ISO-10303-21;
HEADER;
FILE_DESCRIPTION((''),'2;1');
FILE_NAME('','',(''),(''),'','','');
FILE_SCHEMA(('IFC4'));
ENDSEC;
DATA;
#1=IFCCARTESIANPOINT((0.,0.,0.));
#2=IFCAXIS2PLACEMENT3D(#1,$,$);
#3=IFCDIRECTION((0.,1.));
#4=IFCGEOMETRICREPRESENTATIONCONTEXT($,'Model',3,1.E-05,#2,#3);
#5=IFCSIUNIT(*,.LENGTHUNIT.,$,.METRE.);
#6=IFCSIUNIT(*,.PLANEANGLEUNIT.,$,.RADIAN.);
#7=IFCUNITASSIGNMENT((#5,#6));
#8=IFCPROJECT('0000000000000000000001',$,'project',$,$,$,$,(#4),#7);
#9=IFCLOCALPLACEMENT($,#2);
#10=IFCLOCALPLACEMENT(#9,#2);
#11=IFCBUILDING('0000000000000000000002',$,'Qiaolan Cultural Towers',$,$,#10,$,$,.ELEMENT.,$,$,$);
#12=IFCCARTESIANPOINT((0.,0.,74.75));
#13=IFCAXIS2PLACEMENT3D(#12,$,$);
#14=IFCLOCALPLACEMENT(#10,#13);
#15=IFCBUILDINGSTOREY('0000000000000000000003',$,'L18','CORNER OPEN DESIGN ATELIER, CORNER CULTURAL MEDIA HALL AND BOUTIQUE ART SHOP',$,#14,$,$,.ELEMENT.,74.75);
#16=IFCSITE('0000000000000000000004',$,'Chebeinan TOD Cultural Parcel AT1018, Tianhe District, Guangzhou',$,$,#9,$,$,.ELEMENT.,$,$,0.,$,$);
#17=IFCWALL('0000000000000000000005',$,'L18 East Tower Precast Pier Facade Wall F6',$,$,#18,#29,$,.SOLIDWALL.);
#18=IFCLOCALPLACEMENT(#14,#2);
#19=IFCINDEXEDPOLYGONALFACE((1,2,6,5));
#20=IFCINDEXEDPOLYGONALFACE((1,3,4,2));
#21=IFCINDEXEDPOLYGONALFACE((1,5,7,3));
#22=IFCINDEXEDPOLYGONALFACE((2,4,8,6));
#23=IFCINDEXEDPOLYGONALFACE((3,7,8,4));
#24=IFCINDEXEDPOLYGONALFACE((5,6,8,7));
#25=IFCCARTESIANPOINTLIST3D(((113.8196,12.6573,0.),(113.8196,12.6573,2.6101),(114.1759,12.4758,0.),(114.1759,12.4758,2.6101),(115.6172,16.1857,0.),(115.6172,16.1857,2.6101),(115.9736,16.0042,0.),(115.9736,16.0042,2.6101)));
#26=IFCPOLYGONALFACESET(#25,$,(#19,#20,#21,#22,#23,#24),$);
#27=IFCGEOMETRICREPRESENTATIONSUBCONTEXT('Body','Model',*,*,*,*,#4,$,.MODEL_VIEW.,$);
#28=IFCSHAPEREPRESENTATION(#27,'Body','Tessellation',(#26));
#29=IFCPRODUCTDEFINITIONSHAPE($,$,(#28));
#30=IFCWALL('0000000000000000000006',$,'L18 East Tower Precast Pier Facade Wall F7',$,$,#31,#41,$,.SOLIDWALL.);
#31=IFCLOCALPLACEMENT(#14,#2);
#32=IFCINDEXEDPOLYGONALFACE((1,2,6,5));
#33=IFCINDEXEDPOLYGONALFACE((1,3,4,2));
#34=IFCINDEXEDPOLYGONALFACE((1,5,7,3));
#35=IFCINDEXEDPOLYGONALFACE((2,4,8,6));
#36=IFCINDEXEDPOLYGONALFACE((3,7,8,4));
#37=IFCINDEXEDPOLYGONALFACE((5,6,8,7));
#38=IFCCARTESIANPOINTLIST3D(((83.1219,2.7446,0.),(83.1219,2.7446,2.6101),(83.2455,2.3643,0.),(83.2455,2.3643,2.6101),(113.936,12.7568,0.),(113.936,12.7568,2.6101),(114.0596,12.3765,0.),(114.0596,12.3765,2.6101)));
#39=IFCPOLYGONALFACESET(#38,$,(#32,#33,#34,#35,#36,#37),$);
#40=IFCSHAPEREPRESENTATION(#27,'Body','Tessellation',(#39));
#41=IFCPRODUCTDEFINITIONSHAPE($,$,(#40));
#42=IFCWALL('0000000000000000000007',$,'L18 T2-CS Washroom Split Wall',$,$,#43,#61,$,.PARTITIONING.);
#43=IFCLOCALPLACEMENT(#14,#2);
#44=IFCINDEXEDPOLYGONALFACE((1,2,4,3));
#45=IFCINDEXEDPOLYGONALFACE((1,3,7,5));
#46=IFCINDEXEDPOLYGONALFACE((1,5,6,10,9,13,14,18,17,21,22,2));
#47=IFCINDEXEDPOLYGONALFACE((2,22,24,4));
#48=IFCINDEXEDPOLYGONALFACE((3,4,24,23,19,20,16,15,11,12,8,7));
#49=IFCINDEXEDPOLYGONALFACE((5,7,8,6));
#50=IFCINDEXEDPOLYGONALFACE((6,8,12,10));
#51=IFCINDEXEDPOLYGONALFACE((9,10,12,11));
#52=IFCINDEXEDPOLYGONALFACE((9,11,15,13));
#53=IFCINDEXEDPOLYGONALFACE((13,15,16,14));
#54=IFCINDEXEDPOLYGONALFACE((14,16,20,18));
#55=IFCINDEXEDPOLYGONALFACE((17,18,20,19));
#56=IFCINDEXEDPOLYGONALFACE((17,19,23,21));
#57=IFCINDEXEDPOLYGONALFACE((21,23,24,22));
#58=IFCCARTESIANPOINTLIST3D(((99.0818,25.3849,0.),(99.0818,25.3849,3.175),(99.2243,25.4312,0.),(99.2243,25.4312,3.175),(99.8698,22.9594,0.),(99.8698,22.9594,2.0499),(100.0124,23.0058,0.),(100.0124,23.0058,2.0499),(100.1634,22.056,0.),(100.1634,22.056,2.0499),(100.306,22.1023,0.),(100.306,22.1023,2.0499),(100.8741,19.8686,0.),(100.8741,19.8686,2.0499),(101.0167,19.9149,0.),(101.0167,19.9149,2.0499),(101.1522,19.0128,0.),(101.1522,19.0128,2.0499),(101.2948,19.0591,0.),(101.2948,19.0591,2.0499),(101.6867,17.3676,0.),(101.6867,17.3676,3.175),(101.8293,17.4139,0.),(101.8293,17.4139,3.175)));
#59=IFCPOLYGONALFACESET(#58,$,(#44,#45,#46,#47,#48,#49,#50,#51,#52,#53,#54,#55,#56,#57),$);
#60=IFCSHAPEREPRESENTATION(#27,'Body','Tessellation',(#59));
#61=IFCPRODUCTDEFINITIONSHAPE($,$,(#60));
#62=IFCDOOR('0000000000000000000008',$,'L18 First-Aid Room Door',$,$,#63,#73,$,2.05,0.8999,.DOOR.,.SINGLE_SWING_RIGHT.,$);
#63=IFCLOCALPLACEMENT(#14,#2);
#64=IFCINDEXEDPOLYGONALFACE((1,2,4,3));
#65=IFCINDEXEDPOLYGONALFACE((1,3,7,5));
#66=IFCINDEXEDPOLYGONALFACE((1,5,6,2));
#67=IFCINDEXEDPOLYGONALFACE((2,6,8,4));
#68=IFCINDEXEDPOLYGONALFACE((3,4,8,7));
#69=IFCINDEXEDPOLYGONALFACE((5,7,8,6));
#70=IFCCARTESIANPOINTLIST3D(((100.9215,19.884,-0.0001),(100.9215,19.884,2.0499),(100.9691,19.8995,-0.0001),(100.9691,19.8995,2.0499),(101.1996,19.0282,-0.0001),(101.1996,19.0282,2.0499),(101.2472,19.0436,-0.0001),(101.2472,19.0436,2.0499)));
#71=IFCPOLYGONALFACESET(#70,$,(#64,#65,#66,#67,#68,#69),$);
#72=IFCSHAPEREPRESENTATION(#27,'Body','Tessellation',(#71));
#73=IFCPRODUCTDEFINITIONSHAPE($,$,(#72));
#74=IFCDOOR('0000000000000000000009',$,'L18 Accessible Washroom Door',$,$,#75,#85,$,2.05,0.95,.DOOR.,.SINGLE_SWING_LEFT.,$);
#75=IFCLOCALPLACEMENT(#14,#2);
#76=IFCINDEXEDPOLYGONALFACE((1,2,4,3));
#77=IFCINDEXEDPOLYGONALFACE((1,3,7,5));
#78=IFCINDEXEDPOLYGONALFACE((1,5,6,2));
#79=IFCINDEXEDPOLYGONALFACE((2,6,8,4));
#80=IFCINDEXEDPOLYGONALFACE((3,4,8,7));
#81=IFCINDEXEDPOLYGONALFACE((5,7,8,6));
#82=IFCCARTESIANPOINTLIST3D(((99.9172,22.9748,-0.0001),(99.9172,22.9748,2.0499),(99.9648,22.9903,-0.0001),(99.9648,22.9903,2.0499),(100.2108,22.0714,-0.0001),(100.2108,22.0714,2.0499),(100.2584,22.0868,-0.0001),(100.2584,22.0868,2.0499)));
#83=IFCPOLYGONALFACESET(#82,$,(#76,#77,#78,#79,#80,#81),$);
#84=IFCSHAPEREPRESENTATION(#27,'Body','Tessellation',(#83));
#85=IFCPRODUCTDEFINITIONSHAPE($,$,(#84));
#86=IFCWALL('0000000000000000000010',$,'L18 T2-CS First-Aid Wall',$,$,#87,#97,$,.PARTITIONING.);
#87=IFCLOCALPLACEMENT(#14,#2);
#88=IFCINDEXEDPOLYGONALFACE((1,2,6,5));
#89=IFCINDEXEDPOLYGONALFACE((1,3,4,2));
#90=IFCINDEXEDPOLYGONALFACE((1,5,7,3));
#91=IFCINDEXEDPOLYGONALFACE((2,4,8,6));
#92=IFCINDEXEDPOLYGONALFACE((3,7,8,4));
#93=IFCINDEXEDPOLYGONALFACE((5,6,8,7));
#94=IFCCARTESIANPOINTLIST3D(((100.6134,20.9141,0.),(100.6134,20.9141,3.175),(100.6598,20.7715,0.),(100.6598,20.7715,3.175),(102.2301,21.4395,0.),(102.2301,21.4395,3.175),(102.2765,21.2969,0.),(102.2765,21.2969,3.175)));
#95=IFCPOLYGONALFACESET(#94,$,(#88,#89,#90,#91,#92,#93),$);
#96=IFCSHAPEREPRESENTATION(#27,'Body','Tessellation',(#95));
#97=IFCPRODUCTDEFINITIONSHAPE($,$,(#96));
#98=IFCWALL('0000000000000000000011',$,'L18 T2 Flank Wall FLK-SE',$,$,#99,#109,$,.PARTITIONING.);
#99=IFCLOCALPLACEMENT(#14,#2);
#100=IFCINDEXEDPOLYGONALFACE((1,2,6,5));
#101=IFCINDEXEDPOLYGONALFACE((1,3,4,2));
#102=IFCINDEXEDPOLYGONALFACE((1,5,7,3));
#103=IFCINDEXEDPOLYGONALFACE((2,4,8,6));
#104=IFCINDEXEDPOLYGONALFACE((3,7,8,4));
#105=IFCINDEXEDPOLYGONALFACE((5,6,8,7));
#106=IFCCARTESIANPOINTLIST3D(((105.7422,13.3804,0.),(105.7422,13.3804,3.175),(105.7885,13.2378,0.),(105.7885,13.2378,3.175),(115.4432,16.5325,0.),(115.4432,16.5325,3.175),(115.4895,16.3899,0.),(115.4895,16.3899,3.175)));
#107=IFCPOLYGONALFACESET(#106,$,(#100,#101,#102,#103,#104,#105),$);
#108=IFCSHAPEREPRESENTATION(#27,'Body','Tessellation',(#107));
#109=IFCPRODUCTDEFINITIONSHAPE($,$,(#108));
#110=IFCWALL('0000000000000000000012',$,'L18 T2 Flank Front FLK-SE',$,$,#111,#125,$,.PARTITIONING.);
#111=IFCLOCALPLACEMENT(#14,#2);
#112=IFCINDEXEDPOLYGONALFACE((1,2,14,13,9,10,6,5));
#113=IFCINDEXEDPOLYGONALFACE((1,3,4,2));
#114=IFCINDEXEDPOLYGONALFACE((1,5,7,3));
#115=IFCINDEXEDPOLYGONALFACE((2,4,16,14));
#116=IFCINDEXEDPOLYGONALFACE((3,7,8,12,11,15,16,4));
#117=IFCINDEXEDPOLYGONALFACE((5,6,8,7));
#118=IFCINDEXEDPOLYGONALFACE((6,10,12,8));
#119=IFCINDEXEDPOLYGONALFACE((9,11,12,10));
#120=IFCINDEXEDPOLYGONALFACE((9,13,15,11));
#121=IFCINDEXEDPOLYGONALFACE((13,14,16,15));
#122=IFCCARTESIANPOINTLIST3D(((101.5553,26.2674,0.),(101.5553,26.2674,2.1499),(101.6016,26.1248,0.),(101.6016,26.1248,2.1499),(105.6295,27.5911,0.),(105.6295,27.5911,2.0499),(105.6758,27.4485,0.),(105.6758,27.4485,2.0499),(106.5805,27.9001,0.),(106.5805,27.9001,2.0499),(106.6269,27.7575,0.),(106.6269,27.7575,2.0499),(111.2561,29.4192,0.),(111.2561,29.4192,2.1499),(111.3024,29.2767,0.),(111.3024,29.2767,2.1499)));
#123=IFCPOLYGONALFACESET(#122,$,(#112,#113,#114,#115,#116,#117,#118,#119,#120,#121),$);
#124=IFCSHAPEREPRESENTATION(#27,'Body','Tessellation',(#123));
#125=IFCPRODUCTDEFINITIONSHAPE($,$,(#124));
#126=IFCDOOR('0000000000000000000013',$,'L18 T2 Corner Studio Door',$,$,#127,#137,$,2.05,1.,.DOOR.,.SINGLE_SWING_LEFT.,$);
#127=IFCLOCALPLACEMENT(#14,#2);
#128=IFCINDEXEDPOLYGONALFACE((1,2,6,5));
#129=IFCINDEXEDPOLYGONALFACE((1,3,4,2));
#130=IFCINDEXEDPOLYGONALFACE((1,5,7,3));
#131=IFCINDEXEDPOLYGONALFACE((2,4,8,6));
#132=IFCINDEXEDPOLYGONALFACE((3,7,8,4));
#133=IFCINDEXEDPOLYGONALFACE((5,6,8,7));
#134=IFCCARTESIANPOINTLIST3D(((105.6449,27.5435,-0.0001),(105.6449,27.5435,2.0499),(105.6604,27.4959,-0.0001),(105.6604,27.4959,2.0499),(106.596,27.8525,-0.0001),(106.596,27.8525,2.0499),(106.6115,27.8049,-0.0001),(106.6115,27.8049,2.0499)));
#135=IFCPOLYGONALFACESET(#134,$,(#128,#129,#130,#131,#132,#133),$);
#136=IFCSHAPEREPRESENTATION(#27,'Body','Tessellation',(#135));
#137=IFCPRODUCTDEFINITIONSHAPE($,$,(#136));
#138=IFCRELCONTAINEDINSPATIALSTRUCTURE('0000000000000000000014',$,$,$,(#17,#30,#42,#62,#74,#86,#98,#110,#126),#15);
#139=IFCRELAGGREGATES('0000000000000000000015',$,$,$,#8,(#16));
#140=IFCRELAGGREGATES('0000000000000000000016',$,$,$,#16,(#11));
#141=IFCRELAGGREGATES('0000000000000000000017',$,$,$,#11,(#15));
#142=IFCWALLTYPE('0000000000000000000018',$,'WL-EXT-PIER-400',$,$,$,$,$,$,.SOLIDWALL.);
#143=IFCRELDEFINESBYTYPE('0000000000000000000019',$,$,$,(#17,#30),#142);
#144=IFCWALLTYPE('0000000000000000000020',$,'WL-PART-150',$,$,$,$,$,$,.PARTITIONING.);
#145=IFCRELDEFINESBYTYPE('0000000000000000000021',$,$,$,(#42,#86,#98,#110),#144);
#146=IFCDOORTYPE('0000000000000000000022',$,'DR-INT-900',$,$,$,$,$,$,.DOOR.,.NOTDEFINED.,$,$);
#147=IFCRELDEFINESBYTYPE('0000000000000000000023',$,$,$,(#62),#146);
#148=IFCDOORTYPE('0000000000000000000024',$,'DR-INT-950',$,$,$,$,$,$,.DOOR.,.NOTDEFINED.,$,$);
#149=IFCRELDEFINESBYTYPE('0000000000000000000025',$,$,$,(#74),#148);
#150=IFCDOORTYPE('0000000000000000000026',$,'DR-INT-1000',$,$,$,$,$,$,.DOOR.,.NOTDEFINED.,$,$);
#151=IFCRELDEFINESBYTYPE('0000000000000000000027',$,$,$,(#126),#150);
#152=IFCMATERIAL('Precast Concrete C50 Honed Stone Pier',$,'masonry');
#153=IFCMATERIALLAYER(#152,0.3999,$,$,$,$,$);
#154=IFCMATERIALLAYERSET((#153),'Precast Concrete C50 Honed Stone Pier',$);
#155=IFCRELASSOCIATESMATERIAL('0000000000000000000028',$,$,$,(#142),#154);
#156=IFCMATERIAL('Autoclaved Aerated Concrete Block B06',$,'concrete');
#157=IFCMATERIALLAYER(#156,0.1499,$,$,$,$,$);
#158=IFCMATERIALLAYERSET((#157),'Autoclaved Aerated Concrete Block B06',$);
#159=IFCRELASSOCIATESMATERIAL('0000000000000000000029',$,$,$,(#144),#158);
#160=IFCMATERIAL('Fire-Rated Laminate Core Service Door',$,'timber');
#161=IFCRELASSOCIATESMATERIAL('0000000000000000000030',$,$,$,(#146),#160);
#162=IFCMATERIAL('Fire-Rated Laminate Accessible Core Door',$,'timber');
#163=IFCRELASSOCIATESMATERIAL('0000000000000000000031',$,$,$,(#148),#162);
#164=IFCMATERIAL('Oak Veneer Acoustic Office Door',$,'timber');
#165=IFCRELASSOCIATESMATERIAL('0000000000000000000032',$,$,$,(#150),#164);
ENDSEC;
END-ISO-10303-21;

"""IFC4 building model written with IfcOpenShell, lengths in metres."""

from ifc_helpers import new_model, si_unit, direction, frame, frame_2d, origin, place, context, subcontext, project, spatial, rectangle, extrude, material, layer, layer_set, type_object, element, fill, save


model = new_model("IFC4")

# Units and contexts
model_context = context("Model", 3, precision=1e-05, world=origin(), true_north=direction((0.0, 1.0)))
body_context = subcontext(model_context, "Body", "Model", "MODEL_VIEW")
ifc_project = project(units=[si_unit("LENGTHUNIT", "METRE"), si_unit("PLANEANGLEUNIT", "RADIAN")], contexts=[model_context])

# Site, building, storey
site_placement = place(None, origin())
site = spatial("IfcSite", under=ifc_project, at=site_placement, Name="Chebeinan TOD Cultural Parcel AT1018, Tianhe District, Guangzhou", CompositionType="ELEMENT", RefElevation=0.0)
building_placement = place(site_placement, origin())
building = spatial("IfcBuilding", under=site, at=building_placement, Name="Qiaolan Cultural Towers", CompositionType="ELEMENT")
storey_placement = place(building_placement, frame((0.0, 0.0, 74.75)))
storey = spatial("IfcBuildingStorey", under=building, at=storey_placement, Name="L18", Description="CORNER OPEN DESIGN ATELIER, CORNER CULTURAL MEDIA HALL AND BOUTIQUE ART SHOP", CompositionType="ELEMENT", Elevation=74.75)

# Walls
ifc_material_1 = material(Name="Precast Concrete C50 Honed Stone Pier", Category="masonry")
ifc_layer_1 = layer(ifc_material_1, 0.3999)
ifc_layer_set_1 = layer_set([ifc_layer_1], Name="Precast Concrete C50 Honed Stone Pier")
wall_type_1 = type_object("IfcWallType", Name="WL-EXT-PIER-400", PredefinedType="SOLIDWALL", material=ifc_layer_set_1)
wall_1_placement = place(storey_placement, frame((115.7954, 16.095, 0.0), z_axis=(0.0, 0.0, 1.0), x_axis=(-0.453958, -0.891023, 0.0)))
element("IfcWall", 1, at=wall_1_placement, inside=storey, type_object=wall_type_1, Name="L18 East Tower Precast Pier Facade Wall F6", PredefinedType="SOLIDWALL", context=body_context, shape_type="SweptSolid", body=[
    extrude(rectangle(XDim=3.96, YDim=0.3999, at=frame_2d((1.98, 0.0))), origin(), (0.0, 0.0, 1.0), 2.6101),
])
wall_2_placement = place(storey_placement, frame((113.9978, 12.5667, 0.0), z_axis=(0.0, 0.0, 1.0), x_axis=(-0.951056, -0.309019, 0.0)))
element("IfcWall", 2, at=wall_2_placement, inside=storey, type_object=wall_type_1, Name="L18 East Tower Precast Pier Facade Wall F7", PredefinedType="SOLIDWALL", context=body_context, shape_type="SweptSolid", body=[
    extrude(rectangle(XDim=32.3999, YDim=0.3999, at=frame_2d((16.2, 0.0))), origin(), (0.0, 0.0, 1.0), 2.6101),
])

# Wall, openings, doors
ifc_material_2 = material(Name="Autoclaved Aerated Concrete Block B06", Category="concrete")
ifc_layer_2 = layer(ifc_material_2, 0.1499)
ifc_layer_set_2 = layer_set([ifc_layer_2], Name="Autoclaved Aerated Concrete Block B06")
wall_type_2 = type_object("IfcWallType", Name="WL-PART-150", PredefinedType="PARTITIONING", material=ifc_layer_set_2)
wall_3_placement = place(storey_placement, frame((99.1531, 25.408, 0.0), z_axis=(0.0, 0.0, 1.0), x_axis=(0.309016, -0.951057, 0.0)))
wall_3 = element("IfcWall", 3, at=wall_3_placement, inside=storey, type_object=wall_type_2, Name="L18 T2-CS Washroom Split Wall", PredefinedType="PARTITIONING", context=body_context, shape_type="SweptSolid", body=[
    extrude(rectangle(XDim=8.4299, YDim=0.1499, at=frame_2d((4.2148, 0.0))), origin(), (0.0, 0.0, 1.0), 3.175),
])
opening_1_placement = place(wall_3_placement, frame((2.55, 0.0, 0.0)))
opening_1 = element("IfcOpeningElement", 4, at=opening_1_placement, cuts=wall_3, PredefinedType="OPENING", context=body_context, shape_type="SweptSolid", body=[
    extrude(rectangle(XDim=0.95, YDim=2.05, at=frame_2d((0.4751, 1.0249))), frame((0.0, 0.085, 0.0), z_axis=(0.0, -1.0, 0.0), x_axis=(1.0, 0.0, 0.0)), (0.0, 0.0, 1.0), 0.1699),
])
opening_2_placement = place(wall_3_placement, frame((5.8, 0.0, 0.0)))
opening_2 = element("IfcOpeningElement", 5, at=opening_2_placement, cuts=wall_3, PredefinedType="OPENING", context=body_context, shape_type="SweptSolid", body=[
    extrude(rectangle(XDim=0.8999, YDim=2.05, at=frame_2d((0.45, 1.0249))), frame((0.0, 0.085, 0.0), z_axis=(0.0, -1.0, 0.0), x_axis=(1.0, 0.0, 0.0)), (0.0, 0.0, 1.0), 0.1699),
])
ifc_material_3 = material(Name="Fire-Rated Laminate Core Service Door", Category="timber")
door_type_1 = type_object("IfcDoorType", Name="DR-INT-900", OperationType="NOTDEFINED", PredefinedType="DOOR", material=ifc_material_3)
door_1_placement = place(opening_2_placement, origin())
door_1 = element("IfcDoor", 6, at=door_1_placement, inside=storey, type_object=door_type_1, Name="L18 First-Aid Room Door", OperationType="SINGLE_SWING_RIGHT", OverallHeight=2.05, OverallWidth=0.8999, PredefinedType="DOOR", context=body_context, shape_type="SweptSolid", body=[
    extrude(rectangle(XDim=0.8999, YDim=2.05, at=frame_2d((0.45, 1.0249))), frame((0.0, 0.0249, 0.0), z_axis=(0.0, -1.0, 0.0), x_axis=(1.0, 0.0, 0.0)), (0.0, 0.0, 1.0), 0.05),
])
fill(opening_2, door_1)
ifc_material_4 = material(Name="Fire-Rated Laminate Accessible Core Door", Category="timber")
door_type_2 = type_object("IfcDoorType", Name="DR-INT-950", OperationType="NOTDEFINED", PredefinedType="DOOR", material=ifc_material_4)
door_2_placement = place(opening_1_placement, origin())
door_2 = element("IfcDoor", 7, at=door_2_placement, inside=storey, type_object=door_type_2, Name="L18 Accessible Washroom Door", OperationType="SINGLE_SWING_LEFT", OverallHeight=2.05, OverallWidth=0.95, PredefinedType="DOOR", context=body_context, shape_type="SweptSolid", body=[
    extrude(rectangle(XDim=0.95, YDim=2.05, at=frame_2d((0.4751, 1.0249))), frame((0.0, 0.0249, 0.0), z_axis=(0.0, -1.0, 0.0), x_axis=(1.0, 0.0, 0.0)), (0.0, 0.0, 1.0), 0.05),
])
fill(opening_1, door_2)

# Walls
wall_4_placement = place(storey_placement, frame((100.6365, 20.8428, 0.0), z_axis=(0.0, 0.0, 1.0), x_axis=(0.95104, 0.309067, 0.0)))
element("IfcWall", 8, at=wall_4_placement, inside=storey, type_object=wall_type_2, Name="L18 T2-CS First-Aid Wall", PredefinedType="PARTITIONING", context=body_context, shape_type="SweptSolid", body=[
    extrude(rectangle(XDim=1.7, YDim=0.1499, at=frame_2d((0.8501, 0.0))), origin(), (0.0, 0.0, 1.0), 3.175),
])
wall_5_placement = place(storey_placement, frame((105.7654, 13.3091, 0.0), z_axis=(0.0, 0.0, 1.0), x_axis=(0.951054, 0.309024, 0.0)))
element("IfcWall", 9, at=wall_5_placement, inside=storey, type_object=wall_type_2, Name="L18 T2 Flank Wall FLK-SE", PredefinedType="PARTITIONING", context=body_context, shape_type="SweptSolid", body=[
    extrude(rectangle(XDim=10.2002, YDim=0.1499, at=frame_2d((5.1001, 0.0))), origin(), (0.0, 0.0, 1.0), 3.175),
])

# Wall, opening, door
wall_6_placement = place(storey_placement, frame((101.5784, 26.196, 0.0), z_axis=(0.0, 0.0, 1.0), x_axis=(0.951059, 0.309009, 0.0)))
wall_6 = element("IfcWall", 10, at=wall_6_placement, inside=storey, type_object=wall_type_2, Name="L18 T2 Flank Front FLK-SE", PredefinedType="PARTITIONING", context=body_context, shape_type="SweptSolid", body=[
    extrude(rectangle(XDim=10.2, YDim=0.1499, at=frame_2d((5.1001, 0.0))), origin(), (0.0, 0.0, 1.0), 2.1499),
])
opening_3_placement = place(wall_6_placement, frame((4.2839, 0.0, 0.0)))
opening_3 = element("IfcOpeningElement", 11, at=opening_3_placement, cuts=wall_6, PredefinedType="OPENING", context=body_context, shape_type="SweptSolid", body=[
    extrude(rectangle(XDim=1.0, YDim=2.05, at=frame_2d((0.5, 1.0249))), frame((0.0, 0.085, 0.0), z_axis=(0.0, -1.0, 0.0), x_axis=(1.0, 0.0, 0.0)), (0.0, 0.0, 1.0), 0.1699),
])
ifc_material_5 = material(Name="Oak Veneer Acoustic Office Door", Category="timber")
door_type_3 = type_object("IfcDoorType", Name="DR-INT-1000", OperationType="NOTDEFINED", PredefinedType="DOOR", material=ifc_material_5)
door_3_placement = place(opening_3_placement, origin())
door_3 = element("IfcDoor", 12, at=door_3_placement, inside=storey, type_object=door_type_3, Name="L18 T2 Corner Studio Door", OperationType="SINGLE_SWING_LEFT", OverallHeight=2.05, OverallWidth=1.0, PredefinedType="DOOR", context=body_context, shape_type="SweptSolid", body=[
    extrude(rectangle(XDim=1.0, YDim=2.05, at=frame_2d((0.5, 1.0249))), frame((0.0, 0.0249, 0.0), z_axis=(0.0, -1.0, 0.0), x_axis=(1.0, 0.0, 0.0)), (0.0, 0.0, 1.0), 0.05),
])
fill(opening_3, door_3)

save(model, "model.ifc")
